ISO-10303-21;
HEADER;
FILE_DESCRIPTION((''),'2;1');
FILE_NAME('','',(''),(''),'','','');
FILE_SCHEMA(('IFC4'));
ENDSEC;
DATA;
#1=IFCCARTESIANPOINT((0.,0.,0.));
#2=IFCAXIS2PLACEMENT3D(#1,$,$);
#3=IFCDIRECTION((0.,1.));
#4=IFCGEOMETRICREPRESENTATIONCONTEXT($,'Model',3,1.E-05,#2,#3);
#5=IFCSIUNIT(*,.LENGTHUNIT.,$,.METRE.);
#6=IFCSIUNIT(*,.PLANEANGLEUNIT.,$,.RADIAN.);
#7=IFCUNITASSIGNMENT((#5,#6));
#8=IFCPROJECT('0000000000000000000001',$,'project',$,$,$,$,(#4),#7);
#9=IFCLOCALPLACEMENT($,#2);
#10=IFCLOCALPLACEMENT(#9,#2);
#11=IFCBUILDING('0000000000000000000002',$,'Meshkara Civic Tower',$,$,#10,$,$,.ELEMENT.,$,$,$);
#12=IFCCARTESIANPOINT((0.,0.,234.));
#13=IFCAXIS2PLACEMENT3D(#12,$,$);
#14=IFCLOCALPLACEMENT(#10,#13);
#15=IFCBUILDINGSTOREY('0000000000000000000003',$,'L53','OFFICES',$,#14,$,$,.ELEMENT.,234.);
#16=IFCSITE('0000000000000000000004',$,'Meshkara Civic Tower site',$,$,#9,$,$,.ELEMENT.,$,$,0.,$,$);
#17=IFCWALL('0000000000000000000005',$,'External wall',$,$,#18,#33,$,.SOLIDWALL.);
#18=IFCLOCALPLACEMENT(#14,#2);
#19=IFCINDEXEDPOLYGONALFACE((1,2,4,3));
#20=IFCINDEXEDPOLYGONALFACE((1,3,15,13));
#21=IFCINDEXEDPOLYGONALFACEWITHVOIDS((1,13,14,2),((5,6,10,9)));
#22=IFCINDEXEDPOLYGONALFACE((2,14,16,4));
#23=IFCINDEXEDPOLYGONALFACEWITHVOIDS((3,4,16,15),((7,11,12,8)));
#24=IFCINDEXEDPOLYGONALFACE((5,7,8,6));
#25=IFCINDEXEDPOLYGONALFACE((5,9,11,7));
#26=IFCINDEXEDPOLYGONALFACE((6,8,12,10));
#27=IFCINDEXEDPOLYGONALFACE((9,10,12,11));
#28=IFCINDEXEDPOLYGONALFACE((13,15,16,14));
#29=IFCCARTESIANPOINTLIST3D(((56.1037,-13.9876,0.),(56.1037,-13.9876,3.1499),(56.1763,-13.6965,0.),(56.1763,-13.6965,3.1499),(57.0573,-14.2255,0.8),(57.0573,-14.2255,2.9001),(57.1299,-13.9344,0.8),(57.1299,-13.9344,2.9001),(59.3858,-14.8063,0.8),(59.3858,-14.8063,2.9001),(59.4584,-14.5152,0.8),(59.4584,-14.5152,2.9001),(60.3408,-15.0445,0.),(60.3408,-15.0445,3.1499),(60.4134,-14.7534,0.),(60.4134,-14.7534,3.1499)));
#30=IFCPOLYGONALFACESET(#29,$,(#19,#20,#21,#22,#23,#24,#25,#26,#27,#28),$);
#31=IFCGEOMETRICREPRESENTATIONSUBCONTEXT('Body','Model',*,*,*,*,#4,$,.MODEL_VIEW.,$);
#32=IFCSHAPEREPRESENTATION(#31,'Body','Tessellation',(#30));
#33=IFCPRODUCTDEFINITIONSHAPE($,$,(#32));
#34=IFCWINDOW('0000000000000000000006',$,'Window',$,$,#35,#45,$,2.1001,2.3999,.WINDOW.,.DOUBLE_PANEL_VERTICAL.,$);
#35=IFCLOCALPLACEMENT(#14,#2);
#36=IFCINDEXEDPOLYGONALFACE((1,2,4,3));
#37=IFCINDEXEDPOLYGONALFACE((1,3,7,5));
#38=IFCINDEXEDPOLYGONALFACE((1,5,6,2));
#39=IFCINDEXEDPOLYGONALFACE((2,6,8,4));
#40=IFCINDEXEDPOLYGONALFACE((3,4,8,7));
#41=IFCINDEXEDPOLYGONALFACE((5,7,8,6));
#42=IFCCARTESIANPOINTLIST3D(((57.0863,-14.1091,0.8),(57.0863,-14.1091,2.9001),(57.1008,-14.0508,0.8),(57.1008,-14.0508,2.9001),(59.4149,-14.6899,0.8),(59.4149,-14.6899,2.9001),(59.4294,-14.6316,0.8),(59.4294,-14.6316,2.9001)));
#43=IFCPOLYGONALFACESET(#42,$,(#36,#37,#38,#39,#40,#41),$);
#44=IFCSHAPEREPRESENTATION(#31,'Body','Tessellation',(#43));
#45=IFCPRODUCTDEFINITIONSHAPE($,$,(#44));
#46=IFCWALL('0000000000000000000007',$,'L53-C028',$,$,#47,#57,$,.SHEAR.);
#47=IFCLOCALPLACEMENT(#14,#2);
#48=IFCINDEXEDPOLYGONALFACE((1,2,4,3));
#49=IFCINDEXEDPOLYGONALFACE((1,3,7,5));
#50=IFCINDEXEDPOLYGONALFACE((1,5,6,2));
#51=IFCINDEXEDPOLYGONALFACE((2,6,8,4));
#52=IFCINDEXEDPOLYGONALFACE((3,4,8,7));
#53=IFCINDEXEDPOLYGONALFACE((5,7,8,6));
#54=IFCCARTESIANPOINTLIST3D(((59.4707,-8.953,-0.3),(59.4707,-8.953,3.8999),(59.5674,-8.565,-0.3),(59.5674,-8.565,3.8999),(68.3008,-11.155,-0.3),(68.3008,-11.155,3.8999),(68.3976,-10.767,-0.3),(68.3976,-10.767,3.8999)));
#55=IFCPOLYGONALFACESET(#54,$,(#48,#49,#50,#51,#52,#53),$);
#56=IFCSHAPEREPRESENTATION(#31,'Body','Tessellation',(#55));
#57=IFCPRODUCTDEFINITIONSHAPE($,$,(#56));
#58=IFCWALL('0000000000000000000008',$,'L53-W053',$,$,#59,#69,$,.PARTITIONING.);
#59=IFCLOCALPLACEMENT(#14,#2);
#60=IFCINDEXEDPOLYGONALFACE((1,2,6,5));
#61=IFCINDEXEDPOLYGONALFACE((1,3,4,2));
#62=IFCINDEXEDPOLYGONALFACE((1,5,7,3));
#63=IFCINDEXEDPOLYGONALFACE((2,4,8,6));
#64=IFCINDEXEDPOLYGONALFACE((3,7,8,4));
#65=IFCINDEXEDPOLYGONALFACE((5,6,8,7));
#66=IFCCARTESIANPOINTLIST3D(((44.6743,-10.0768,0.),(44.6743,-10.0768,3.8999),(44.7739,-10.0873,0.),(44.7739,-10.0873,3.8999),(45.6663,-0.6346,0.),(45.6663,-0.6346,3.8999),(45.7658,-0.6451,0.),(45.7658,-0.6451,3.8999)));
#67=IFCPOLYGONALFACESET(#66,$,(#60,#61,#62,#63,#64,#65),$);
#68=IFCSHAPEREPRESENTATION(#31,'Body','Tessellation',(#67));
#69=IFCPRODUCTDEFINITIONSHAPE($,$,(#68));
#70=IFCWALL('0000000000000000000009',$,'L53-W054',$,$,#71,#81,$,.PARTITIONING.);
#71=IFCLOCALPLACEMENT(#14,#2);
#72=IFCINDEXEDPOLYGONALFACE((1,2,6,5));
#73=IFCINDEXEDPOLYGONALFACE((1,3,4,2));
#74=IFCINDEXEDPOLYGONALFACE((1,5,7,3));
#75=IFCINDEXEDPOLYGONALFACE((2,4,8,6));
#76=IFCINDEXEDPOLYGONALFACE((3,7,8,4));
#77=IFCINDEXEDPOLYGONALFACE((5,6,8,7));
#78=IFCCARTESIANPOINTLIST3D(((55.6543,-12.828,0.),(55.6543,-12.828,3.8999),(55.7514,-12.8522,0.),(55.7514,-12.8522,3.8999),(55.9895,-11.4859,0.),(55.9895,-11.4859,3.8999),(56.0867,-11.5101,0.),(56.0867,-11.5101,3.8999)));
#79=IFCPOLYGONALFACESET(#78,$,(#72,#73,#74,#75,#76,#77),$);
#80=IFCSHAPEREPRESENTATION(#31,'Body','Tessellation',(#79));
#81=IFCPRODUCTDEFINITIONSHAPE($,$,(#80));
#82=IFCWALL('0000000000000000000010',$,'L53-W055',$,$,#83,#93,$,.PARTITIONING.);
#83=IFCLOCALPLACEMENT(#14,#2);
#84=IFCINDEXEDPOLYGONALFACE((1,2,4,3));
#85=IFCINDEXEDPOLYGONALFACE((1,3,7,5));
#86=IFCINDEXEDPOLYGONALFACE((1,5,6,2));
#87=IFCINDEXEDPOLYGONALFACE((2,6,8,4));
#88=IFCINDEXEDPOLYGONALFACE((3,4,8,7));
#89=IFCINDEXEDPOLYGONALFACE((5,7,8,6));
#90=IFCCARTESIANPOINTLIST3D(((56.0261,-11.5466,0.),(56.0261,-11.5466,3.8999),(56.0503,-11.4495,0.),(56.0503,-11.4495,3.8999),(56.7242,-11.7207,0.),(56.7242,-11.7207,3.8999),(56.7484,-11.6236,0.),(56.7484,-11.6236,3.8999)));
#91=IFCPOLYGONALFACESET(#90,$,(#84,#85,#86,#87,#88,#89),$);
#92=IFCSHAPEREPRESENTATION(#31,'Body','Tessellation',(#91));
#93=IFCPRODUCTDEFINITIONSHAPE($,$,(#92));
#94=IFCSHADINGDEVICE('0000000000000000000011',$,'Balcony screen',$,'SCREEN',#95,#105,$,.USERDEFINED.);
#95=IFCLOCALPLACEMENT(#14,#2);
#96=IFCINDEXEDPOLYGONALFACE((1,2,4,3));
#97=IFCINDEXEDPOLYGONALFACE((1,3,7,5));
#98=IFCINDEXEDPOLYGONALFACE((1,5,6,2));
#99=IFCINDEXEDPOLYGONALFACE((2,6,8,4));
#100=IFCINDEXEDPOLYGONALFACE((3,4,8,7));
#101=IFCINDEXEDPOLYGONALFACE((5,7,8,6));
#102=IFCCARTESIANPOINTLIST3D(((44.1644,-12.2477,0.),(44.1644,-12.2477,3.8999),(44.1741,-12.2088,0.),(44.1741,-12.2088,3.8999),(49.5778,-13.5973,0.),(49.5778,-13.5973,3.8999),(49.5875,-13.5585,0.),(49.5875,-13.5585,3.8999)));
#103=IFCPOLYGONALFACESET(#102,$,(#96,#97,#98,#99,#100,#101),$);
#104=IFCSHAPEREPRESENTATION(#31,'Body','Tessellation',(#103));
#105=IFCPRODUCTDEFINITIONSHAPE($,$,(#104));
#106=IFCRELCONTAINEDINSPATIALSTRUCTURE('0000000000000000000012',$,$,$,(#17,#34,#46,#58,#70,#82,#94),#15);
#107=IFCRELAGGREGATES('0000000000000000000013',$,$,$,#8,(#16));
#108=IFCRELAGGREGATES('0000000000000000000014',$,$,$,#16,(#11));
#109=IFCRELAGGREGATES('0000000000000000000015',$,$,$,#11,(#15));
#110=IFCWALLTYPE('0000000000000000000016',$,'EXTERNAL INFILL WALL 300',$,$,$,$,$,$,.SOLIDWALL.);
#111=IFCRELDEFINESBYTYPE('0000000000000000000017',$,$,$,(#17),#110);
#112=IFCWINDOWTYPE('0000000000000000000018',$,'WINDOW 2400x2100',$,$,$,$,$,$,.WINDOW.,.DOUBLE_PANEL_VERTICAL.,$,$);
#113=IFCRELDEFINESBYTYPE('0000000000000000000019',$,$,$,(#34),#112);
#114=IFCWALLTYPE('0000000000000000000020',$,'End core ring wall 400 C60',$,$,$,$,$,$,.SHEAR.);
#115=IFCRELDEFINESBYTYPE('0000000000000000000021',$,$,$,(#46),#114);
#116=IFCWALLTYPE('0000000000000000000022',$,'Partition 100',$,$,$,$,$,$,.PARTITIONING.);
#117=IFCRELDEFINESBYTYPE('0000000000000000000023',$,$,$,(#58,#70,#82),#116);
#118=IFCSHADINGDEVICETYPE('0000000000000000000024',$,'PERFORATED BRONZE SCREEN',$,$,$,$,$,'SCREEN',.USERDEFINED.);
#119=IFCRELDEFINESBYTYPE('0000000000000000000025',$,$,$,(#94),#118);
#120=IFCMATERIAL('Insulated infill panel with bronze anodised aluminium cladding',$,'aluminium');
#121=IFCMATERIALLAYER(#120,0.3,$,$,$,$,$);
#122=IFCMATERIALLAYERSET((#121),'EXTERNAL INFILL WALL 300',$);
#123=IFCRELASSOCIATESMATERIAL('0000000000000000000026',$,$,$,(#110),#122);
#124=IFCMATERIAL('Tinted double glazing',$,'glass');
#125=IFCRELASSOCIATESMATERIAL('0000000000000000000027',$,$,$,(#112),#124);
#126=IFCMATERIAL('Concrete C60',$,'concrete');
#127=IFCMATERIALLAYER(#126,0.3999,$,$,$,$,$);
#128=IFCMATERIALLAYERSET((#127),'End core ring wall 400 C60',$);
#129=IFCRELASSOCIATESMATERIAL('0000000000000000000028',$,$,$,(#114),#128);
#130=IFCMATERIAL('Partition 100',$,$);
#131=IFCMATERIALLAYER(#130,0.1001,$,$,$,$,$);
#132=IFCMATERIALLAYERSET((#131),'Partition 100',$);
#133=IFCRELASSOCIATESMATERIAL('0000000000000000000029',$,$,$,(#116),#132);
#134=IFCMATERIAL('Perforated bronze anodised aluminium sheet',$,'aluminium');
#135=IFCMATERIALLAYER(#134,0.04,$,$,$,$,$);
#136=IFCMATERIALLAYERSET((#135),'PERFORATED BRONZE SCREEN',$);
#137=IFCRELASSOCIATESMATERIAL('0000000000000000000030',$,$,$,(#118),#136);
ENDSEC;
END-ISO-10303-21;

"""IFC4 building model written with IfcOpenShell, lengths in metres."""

from ifc_helpers import new_model, si_unit, direction, frame, frame_2d, origin, origin_2d, place, context, subcontext, project, spatial, rectangle, extrude, material, layer, layer_set, type_object, element, fill, save


model = new_model("IFC4")

# Units and contexts
model_context = context("Model", 3, precision=1e-05, world=origin(), true_north=direction((0.0, 1.0)))
body_context = subcontext(model_context, "Body", "Model", "MODEL_VIEW")
ifc_project = project(units=[si_unit("LENGTHUNIT", "METRE"), si_unit("PLANEANGLEUNIT", "RADIAN")], contexts=[model_context])

# Site, building, storey
site_placement = place(None, origin())
site = spatial("IfcSite", under=ifc_project, at=site_placement, Name="Meshkara Civic Tower site", CompositionType="ELEMENT", RefElevation=0.0)
building_placement = place(site_placement, origin())
building = spatial("IfcBuilding", under=site, at=building_placement, Name="Meshkara Civic Tower", CompositionType="ELEMENT")
storey_placement = place(building_placement, frame((0.0, 0.0, 234.0)))
storey = spatial("IfcBuildingStorey", under=building, at=storey_placement, Name="L53", Description="OFFICES", CompositionType="ELEMENT", Elevation=234.0)

# Wall, opening, window
ifc_material_1 = material(Name="Insulated infill panel with bronze anodised aluminium cladding", Category="aluminium")
ifc_layer_1 = layer(ifc_material_1, 0.3)
ifc_layer_set_1 = layer_set([ifc_layer_1], Name="EXTERNAL INFILL WALL 300")
wall_type_1 = type_object("IfcWallType", Name="EXTERNAL INFILL WALL 300", PredefinedType="SOLIDWALL", material=ifc_layer_set_1)
ifc_material_2 = material(Name="Tinted double glazing", Category="glass")
window_type = type_object("IfcWindowType", Name="WINDOW 2400x2100", PartitioningType="DOUBLE_PANEL_VERTICAL", PredefinedType="WINDOW", material=ifc_material_2)
wall_1_placement = place(storey_placement, frame((56.1399, -13.842, 0.0), z_axis=(0.0, 0.0, 1.0), x_axis=(0.970271, -0.242023, 0.0)))
wall_1 = element("IfcWall", 1, at=wall_1_placement, inside=storey, type_object=wall_type_1, Name="External wall", PredefinedType="SOLIDWALL", context=body_context, shape_type="SweptSolid", body=[
    extrude(rectangle(XDim=4.3669, YDim=0.3, at=frame_2d((2.1836, 0.0))), origin(), (0.0, 0.0, 1.0), 3.1499),
])
opening_1_placement = place(wall_1_placement, frame((0.9829, 0.0, 0.8)))
opening_1 = element("IfcOpeningElement", 2, at=opening_1_placement, cuts=wall_1, PredefinedType="OPENING", context=body_context, shape_type="SweptSolid", body=[
    extrude(rectangle(XDim=2.3999, YDim=2.1001, at=frame_2d((1.2, 1.05))), frame((0.0, 0.1599, 0.0), z_axis=(0.0, -1.0, 0.0), x_axis=(1.0, 0.0, 0.0)), (0.0, 0.0, 1.0), 0.3201),
])
window_1_placement = place(opening_1_placement, origin())
window_1 = element("IfcWindow", 3, at=window_1_placement, inside=storey, type_object=window_type, Name="Window", OverallHeight=2.1001, OverallWidth=2.3999, PartitioningType="DOUBLE_PANEL_VERTICAL", PredefinedType="WINDOW", context=body_context, shape_type="SweptSolid", body=[
    extrude(rectangle(XDim=2.3999, YDim=2.1001, at=frame_2d((1.2, 1.05))), frame((0.0, 0.03, 0.0), z_axis=(0.0, -1.0, 0.0), x_axis=(1.0, 0.0, 0.0)), (0.0, 0.0, 1.0), 0.0601),
])
fill(opening_1, window_1)

# Wall
ifc_material_3 = material(Name="Concrete C60", Category="concrete")
ifc_layer_2 = layer(ifc_material_3, 0.3999)
ifc_layer_set_2 = layer_set([ifc_layer_2], Name="End core ring wall 400 C60")
wall_type_2 = type_object("IfcWallType", Name="End core ring wall 400 C60", PredefinedType="SHEAR", material=ifc_layer_set_2)
wall_2_placement = place(storey_placement, frame((59.519, -8.759, -0.3), z_axis=(0.0, 0.0, 1.0), x_axis=(0.970288, -0.241955, 0.0)))
element("IfcWall", 4, at=wall_2_placement, inside=storey, type_object=wall_type_2, Name="L53-C028", PredefinedType="SHEAR", context=body_context, shape_type="SweptSolid", body=[
    extrude(rectangle(XDim=9.1006, YDim=0.3999, at=frame_2d((4.5503, 0.0))), origin(), (0.0, 0.0, 1.0), 4.2),
])

# Walls
ifc_material_4 = material(Name="Partition 100")
ifc_layer_3 = layer(ifc_material_4, 0.1001)
ifc_layer_set_3 = layer_set([ifc_layer_3], Name="Partition 100")
wall_type_3 = type_object("IfcWallType", Name="Partition 100", PredefinedType="PARTITIONING", material=ifc_layer_set_3)
wall_3_placement = place(storey_placement, frame((44.7241, -10.082, 0.0), z_axis=(0.0, 0.0, 1.0), x_axis=(0.10448, 0.994527, 0.0)))
element("IfcWall", 5, at=wall_3_placement, inside=storey, type_object=wall_type_3, Name="L53-W053", PredefinedType="PARTITIONING", context=body_context, shape_type="SweptSolid", body=[
    extrude(rectangle(XDim=9.4941, YDim=0.1001, at=frame_2d((4.7471, 0.0))), origin(), (0.0, 0.0, 1.0), 3.8999),
])
wall_4_placement = place(storey_placement, frame((55.7029, -12.8401, 0.0), z_axis=(0.0, 0.0, 1.0), x_axis=(0.242328, 0.970194, 0.0)))
element("IfcWall", 6, at=wall_4_placement, inside=storey, type_object=wall_type_3, Name="L53-W054", PredefinedType="PARTITIONING", context=body_context, shape_type="SweptSolid", body=[
    extrude(rectangle(XDim=1.3833, YDim=0.1001, at=frame_2d((0.6917, 0.0))), origin(), (0.0, 0.0, 1.0), 3.8999),
])
wall_5_placement = place(storey_placement, frame((56.0381, -11.498, 0.0), z_axis=(0.0, 0.0, 1.0), x_axis=(0.970282, -0.241977, 0.0)))
element("IfcWall", 7, at=wall_5_placement, inside=storey, type_object=wall_type_3, Name="L53-W055", PredefinedType="PARTITIONING", context=body_context, shape_type="SweptSolid", body=[
    extrude(rectangle(XDim=0.7195, YDim=0.1001, at=frame_2d((0.3599, 0.0))), origin(), (0.0, 0.0, 1.0), 3.8999),
])

# Shading device
ifc_material_5 = material(Name="Perforated bronze anodised aluminium sheet", Category="aluminium")
ifc_layer_4 = layer(ifc_material_5, 0.04)
ifc_layer_set_4 = layer_set([ifc_layer_4], Name="PERFORATED BRONZE SCREEN")
shading_device_type = type_object("IfcShadingDeviceType", Name="PERFORATED BRONZE SCREEN", ElementType="SCREEN", PredefinedType="USERDEFINED", material=ifc_layer_set_4)
shading_device_placement = place(storey_placement, frame((46.876, -12.9031, 0.0), z_axis=(0.0, 0.0, 1.0), x_axis=(0.9703, -0.241905, 0.0)))
element("IfcShadingDevice", 8, at=shading_device_placement, inside=storey, type_object=shading_device_type, Name="Balcony screen", ObjectType="SCREEN", PredefinedType="USERDEFINED", context=body_context, shape_type="SweptSolid", body=[
    extrude(rectangle(XDim=5.5791, YDim=0.04, at=origin_2d()), origin(), (0.0, 0.0, 1.0), 3.8999),
])

save(model, "model.ifc")
